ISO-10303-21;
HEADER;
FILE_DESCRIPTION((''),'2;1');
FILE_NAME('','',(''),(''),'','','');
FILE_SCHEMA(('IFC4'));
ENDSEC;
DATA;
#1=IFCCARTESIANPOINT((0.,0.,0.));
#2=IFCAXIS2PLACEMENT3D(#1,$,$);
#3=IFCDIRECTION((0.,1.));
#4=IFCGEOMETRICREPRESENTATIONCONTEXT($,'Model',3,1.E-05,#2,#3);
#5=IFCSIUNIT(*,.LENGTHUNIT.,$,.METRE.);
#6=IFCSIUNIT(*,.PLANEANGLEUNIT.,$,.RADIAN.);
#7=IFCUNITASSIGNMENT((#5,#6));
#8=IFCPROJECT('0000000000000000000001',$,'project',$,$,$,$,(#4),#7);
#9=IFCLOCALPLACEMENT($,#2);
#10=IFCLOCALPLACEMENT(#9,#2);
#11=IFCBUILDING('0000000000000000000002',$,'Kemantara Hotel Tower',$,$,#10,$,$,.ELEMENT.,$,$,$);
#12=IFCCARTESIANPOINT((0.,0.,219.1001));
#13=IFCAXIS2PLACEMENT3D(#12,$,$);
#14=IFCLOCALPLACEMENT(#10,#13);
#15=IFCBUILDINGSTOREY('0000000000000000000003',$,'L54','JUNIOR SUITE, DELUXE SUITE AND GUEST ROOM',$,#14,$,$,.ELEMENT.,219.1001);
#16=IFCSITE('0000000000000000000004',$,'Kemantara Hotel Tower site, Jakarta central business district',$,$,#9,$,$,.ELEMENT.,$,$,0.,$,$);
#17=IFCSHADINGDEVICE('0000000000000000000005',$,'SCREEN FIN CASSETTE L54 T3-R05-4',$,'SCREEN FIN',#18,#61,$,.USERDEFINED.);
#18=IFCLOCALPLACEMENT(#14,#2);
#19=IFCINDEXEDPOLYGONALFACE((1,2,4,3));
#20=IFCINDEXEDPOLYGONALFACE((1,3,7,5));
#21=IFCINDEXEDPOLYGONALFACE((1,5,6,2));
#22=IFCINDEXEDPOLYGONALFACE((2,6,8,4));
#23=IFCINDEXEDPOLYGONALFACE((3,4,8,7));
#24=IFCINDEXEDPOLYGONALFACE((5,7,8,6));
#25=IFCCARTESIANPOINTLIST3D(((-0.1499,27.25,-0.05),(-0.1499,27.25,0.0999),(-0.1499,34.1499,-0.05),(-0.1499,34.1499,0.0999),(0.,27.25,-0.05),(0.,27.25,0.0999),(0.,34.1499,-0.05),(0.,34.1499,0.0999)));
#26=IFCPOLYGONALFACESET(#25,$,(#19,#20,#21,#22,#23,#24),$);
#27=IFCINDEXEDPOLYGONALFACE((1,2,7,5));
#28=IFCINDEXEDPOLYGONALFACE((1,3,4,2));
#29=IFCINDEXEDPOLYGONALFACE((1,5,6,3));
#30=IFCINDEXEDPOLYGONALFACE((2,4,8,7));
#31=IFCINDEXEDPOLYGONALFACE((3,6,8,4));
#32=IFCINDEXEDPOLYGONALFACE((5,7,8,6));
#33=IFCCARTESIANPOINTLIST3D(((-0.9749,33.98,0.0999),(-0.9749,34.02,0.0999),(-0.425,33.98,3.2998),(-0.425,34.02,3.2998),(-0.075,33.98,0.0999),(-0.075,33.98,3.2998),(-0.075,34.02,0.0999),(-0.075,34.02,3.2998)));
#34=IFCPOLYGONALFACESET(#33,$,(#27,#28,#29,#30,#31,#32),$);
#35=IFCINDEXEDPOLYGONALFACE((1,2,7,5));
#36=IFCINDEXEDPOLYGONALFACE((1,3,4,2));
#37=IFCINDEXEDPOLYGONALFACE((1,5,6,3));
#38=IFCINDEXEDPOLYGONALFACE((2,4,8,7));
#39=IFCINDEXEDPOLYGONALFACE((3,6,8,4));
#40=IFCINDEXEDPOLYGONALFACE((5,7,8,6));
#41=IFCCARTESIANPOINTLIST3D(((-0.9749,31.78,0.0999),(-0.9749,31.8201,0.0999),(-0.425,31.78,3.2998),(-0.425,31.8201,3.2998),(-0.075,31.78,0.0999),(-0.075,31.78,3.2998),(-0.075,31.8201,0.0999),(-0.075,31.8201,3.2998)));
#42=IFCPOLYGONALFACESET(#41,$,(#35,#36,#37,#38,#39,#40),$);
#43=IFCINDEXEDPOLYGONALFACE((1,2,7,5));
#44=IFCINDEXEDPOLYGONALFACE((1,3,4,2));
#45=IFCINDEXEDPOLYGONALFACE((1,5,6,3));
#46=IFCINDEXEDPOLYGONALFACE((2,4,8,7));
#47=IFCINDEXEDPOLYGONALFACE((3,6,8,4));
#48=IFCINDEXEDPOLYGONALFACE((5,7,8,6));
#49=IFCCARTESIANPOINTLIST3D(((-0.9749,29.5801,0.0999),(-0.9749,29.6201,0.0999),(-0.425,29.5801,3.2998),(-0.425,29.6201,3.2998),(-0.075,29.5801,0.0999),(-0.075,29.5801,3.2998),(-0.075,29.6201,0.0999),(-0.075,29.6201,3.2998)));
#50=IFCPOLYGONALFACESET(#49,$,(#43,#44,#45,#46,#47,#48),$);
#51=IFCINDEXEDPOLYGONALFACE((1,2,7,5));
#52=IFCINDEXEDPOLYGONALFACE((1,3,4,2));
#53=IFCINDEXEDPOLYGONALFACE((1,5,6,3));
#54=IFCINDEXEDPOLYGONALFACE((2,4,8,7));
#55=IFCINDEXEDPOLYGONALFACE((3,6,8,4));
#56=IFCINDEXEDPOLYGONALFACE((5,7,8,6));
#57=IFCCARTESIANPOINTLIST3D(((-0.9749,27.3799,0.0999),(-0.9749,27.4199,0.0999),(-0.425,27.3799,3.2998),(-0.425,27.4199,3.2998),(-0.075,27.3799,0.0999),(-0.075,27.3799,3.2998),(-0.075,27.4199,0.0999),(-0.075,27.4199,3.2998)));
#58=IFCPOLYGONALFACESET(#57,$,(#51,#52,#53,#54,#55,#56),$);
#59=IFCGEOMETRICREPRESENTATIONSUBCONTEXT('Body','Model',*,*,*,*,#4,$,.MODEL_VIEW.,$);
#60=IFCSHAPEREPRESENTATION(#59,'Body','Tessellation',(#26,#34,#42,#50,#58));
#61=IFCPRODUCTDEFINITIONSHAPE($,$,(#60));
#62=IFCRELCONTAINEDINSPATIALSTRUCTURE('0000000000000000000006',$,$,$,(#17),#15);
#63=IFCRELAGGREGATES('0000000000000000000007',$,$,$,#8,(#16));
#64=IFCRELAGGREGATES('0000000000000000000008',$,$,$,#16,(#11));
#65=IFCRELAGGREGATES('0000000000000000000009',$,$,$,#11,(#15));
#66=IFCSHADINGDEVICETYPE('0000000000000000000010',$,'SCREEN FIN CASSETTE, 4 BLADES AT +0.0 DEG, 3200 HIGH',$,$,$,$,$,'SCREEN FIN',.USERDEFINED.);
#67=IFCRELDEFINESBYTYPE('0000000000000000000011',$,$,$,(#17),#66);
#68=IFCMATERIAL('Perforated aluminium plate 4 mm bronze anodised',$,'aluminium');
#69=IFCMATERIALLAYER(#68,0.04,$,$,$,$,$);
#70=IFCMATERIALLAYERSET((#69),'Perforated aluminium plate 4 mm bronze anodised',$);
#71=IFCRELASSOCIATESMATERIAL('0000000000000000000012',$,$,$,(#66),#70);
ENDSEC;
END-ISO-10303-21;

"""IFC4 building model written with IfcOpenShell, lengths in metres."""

from ifc_helpers import new_model, si_unit, direction, frame, origin, origin_2d, place, context, subcontext, project, spatial, polyline, rectangle, outline, extrude, source, transform, mapped, material, layer, layer_set, type_object, element, save


model = new_model("IFC4")

# Units and contexts
model_context = context("Model", 3, precision=1e-05, world=origin(), true_north=direction((0.0, 1.0)))
body_context = subcontext(model_context, "Body", "Model", "MODEL_VIEW")
ifc_project = project(units=[si_unit("LENGTHUNIT", "METRE"), si_unit("PLANEANGLEUNIT", "RADIAN")], contexts=[model_context])

# Site, building, storey
site_placement = place(None, origin())
site = spatial("IfcSite", under=ifc_project, at=site_placement, Name="Kemantara Hotel Tower site, Jakarta central business district", CompositionType="ELEMENT", RefElevation=0.0)
building_placement = place(site_placement, origin())
building = spatial("IfcBuilding", under=site, at=building_placement, Name="Kemantara Hotel Tower", CompositionType="ELEMENT")
storey_placement = place(building_placement, frame((0.0, 0.0, 219.1001)))
storey = spatial("IfcBuildingStorey", under=building, at=storey_placement, Name="L54", Description="JUNIOR SUITE, DELUXE SUITE AND GUEST ROOM", CompositionType="ELEMENT", Elevation=219.1001)

# Shading device
ifc_material_1 = material(Name="Perforated aluminium plate 4 mm bronze anodised", Category="aluminium")
ifc_layer_1 = layer(ifc_material_1, 0.04)
ifc_layer_set_1 = layer_set([ifc_layer_1], Name="Perforated aluminium plate 4 mm bronze anodised")
shading_device_type = type_object("IfcShadingDeviceType", Name="SCREEN FIN CASSETTE, 4 BLADES AT +0.0 DEG, 3200 HIGH", ElementType="SCREEN FIN", PredefinedType="USERDEFINED", material=ifc_layer_set_1)
shared_shape_1 = source(origin(), body_context, "Body", "SweptSolid", [
    extrude(rectangle(XDim=6.8999, YDim=0.1499, at=origin_2d()), frame((3.3, -0.075, -0.1499), z_axis=(0.0, 0.0, 1.0), x_axis=(1.0, 0.0, 0.0)), (0.0, 0.0, 1.0), 0.1499),
    extrude(outline(polyline([(0.0, 0.0), (0.8999, 0.0), (0.3501, 3.2), (0.0, 3.2), (0.0, 0.0)])), frame((0.02, -0.075, 0.0), z_axis=(-1.0, 0.0, 0.0), x_axis=(0.0, -1.0, 0.0)), (0.0, 0.0, 1.0), 0.04),
    extrude(outline(polyline([(0.0, 0.0), (0.8999, 0.0), (0.3501, 3.2), (0.0, 3.2), (0.0, 0.0)])), frame((2.22, -0.075, 0.0), z_axis=(-1.0, 0.0, 0.0), x_axis=(0.0, -1.0, 0.0)), (0.0, 0.0, 1.0), 0.04),
    extrude(outline(polyline([(0.0, 0.0), (0.8999, 0.0), (0.3501, 3.2), (0.0, 3.2), (0.0, 0.0)])), frame((4.4199, -0.075, 0.0), z_axis=(-1.0, 0.0, 0.0), x_axis=(0.0, -1.0, 0.0)), (0.0, 0.0, 1.0), 0.04),
    extrude(outline(polyline([(0.0, 0.0), (0.8999, 0.0), (0.3501, 3.2), (0.0, 3.2), (0.0, 0.0)])), frame((6.6201, -0.075, 0.0), z_axis=(-1.0, 0.0, 0.0), x_axis=(0.0, -1.0, 0.0)), (0.0, 0.0, 1.0), 0.04),
])
shading_device_placement = place(storey_placement, frame((0.0, 34.0, 0.0999), z_axis=(0.0, 0.0, 1.0), x_axis=(0.0, -1.0, 0.0)))
element("IfcShadingDevice", 1, at=shading_device_placement, inside=storey, type_object=shading_device_type, Name="SCREEN FIN CASSETTE L54 T3-R05-4", ObjectType="SCREEN FIN", PredefinedType="USERDEFINED", context=body_context, shape_type="MappedRepresentation", body=[
    mapped(shared_shape_1, transform((0.0, 0.0, 0.0))),
])

save(model, "model.ifc")
